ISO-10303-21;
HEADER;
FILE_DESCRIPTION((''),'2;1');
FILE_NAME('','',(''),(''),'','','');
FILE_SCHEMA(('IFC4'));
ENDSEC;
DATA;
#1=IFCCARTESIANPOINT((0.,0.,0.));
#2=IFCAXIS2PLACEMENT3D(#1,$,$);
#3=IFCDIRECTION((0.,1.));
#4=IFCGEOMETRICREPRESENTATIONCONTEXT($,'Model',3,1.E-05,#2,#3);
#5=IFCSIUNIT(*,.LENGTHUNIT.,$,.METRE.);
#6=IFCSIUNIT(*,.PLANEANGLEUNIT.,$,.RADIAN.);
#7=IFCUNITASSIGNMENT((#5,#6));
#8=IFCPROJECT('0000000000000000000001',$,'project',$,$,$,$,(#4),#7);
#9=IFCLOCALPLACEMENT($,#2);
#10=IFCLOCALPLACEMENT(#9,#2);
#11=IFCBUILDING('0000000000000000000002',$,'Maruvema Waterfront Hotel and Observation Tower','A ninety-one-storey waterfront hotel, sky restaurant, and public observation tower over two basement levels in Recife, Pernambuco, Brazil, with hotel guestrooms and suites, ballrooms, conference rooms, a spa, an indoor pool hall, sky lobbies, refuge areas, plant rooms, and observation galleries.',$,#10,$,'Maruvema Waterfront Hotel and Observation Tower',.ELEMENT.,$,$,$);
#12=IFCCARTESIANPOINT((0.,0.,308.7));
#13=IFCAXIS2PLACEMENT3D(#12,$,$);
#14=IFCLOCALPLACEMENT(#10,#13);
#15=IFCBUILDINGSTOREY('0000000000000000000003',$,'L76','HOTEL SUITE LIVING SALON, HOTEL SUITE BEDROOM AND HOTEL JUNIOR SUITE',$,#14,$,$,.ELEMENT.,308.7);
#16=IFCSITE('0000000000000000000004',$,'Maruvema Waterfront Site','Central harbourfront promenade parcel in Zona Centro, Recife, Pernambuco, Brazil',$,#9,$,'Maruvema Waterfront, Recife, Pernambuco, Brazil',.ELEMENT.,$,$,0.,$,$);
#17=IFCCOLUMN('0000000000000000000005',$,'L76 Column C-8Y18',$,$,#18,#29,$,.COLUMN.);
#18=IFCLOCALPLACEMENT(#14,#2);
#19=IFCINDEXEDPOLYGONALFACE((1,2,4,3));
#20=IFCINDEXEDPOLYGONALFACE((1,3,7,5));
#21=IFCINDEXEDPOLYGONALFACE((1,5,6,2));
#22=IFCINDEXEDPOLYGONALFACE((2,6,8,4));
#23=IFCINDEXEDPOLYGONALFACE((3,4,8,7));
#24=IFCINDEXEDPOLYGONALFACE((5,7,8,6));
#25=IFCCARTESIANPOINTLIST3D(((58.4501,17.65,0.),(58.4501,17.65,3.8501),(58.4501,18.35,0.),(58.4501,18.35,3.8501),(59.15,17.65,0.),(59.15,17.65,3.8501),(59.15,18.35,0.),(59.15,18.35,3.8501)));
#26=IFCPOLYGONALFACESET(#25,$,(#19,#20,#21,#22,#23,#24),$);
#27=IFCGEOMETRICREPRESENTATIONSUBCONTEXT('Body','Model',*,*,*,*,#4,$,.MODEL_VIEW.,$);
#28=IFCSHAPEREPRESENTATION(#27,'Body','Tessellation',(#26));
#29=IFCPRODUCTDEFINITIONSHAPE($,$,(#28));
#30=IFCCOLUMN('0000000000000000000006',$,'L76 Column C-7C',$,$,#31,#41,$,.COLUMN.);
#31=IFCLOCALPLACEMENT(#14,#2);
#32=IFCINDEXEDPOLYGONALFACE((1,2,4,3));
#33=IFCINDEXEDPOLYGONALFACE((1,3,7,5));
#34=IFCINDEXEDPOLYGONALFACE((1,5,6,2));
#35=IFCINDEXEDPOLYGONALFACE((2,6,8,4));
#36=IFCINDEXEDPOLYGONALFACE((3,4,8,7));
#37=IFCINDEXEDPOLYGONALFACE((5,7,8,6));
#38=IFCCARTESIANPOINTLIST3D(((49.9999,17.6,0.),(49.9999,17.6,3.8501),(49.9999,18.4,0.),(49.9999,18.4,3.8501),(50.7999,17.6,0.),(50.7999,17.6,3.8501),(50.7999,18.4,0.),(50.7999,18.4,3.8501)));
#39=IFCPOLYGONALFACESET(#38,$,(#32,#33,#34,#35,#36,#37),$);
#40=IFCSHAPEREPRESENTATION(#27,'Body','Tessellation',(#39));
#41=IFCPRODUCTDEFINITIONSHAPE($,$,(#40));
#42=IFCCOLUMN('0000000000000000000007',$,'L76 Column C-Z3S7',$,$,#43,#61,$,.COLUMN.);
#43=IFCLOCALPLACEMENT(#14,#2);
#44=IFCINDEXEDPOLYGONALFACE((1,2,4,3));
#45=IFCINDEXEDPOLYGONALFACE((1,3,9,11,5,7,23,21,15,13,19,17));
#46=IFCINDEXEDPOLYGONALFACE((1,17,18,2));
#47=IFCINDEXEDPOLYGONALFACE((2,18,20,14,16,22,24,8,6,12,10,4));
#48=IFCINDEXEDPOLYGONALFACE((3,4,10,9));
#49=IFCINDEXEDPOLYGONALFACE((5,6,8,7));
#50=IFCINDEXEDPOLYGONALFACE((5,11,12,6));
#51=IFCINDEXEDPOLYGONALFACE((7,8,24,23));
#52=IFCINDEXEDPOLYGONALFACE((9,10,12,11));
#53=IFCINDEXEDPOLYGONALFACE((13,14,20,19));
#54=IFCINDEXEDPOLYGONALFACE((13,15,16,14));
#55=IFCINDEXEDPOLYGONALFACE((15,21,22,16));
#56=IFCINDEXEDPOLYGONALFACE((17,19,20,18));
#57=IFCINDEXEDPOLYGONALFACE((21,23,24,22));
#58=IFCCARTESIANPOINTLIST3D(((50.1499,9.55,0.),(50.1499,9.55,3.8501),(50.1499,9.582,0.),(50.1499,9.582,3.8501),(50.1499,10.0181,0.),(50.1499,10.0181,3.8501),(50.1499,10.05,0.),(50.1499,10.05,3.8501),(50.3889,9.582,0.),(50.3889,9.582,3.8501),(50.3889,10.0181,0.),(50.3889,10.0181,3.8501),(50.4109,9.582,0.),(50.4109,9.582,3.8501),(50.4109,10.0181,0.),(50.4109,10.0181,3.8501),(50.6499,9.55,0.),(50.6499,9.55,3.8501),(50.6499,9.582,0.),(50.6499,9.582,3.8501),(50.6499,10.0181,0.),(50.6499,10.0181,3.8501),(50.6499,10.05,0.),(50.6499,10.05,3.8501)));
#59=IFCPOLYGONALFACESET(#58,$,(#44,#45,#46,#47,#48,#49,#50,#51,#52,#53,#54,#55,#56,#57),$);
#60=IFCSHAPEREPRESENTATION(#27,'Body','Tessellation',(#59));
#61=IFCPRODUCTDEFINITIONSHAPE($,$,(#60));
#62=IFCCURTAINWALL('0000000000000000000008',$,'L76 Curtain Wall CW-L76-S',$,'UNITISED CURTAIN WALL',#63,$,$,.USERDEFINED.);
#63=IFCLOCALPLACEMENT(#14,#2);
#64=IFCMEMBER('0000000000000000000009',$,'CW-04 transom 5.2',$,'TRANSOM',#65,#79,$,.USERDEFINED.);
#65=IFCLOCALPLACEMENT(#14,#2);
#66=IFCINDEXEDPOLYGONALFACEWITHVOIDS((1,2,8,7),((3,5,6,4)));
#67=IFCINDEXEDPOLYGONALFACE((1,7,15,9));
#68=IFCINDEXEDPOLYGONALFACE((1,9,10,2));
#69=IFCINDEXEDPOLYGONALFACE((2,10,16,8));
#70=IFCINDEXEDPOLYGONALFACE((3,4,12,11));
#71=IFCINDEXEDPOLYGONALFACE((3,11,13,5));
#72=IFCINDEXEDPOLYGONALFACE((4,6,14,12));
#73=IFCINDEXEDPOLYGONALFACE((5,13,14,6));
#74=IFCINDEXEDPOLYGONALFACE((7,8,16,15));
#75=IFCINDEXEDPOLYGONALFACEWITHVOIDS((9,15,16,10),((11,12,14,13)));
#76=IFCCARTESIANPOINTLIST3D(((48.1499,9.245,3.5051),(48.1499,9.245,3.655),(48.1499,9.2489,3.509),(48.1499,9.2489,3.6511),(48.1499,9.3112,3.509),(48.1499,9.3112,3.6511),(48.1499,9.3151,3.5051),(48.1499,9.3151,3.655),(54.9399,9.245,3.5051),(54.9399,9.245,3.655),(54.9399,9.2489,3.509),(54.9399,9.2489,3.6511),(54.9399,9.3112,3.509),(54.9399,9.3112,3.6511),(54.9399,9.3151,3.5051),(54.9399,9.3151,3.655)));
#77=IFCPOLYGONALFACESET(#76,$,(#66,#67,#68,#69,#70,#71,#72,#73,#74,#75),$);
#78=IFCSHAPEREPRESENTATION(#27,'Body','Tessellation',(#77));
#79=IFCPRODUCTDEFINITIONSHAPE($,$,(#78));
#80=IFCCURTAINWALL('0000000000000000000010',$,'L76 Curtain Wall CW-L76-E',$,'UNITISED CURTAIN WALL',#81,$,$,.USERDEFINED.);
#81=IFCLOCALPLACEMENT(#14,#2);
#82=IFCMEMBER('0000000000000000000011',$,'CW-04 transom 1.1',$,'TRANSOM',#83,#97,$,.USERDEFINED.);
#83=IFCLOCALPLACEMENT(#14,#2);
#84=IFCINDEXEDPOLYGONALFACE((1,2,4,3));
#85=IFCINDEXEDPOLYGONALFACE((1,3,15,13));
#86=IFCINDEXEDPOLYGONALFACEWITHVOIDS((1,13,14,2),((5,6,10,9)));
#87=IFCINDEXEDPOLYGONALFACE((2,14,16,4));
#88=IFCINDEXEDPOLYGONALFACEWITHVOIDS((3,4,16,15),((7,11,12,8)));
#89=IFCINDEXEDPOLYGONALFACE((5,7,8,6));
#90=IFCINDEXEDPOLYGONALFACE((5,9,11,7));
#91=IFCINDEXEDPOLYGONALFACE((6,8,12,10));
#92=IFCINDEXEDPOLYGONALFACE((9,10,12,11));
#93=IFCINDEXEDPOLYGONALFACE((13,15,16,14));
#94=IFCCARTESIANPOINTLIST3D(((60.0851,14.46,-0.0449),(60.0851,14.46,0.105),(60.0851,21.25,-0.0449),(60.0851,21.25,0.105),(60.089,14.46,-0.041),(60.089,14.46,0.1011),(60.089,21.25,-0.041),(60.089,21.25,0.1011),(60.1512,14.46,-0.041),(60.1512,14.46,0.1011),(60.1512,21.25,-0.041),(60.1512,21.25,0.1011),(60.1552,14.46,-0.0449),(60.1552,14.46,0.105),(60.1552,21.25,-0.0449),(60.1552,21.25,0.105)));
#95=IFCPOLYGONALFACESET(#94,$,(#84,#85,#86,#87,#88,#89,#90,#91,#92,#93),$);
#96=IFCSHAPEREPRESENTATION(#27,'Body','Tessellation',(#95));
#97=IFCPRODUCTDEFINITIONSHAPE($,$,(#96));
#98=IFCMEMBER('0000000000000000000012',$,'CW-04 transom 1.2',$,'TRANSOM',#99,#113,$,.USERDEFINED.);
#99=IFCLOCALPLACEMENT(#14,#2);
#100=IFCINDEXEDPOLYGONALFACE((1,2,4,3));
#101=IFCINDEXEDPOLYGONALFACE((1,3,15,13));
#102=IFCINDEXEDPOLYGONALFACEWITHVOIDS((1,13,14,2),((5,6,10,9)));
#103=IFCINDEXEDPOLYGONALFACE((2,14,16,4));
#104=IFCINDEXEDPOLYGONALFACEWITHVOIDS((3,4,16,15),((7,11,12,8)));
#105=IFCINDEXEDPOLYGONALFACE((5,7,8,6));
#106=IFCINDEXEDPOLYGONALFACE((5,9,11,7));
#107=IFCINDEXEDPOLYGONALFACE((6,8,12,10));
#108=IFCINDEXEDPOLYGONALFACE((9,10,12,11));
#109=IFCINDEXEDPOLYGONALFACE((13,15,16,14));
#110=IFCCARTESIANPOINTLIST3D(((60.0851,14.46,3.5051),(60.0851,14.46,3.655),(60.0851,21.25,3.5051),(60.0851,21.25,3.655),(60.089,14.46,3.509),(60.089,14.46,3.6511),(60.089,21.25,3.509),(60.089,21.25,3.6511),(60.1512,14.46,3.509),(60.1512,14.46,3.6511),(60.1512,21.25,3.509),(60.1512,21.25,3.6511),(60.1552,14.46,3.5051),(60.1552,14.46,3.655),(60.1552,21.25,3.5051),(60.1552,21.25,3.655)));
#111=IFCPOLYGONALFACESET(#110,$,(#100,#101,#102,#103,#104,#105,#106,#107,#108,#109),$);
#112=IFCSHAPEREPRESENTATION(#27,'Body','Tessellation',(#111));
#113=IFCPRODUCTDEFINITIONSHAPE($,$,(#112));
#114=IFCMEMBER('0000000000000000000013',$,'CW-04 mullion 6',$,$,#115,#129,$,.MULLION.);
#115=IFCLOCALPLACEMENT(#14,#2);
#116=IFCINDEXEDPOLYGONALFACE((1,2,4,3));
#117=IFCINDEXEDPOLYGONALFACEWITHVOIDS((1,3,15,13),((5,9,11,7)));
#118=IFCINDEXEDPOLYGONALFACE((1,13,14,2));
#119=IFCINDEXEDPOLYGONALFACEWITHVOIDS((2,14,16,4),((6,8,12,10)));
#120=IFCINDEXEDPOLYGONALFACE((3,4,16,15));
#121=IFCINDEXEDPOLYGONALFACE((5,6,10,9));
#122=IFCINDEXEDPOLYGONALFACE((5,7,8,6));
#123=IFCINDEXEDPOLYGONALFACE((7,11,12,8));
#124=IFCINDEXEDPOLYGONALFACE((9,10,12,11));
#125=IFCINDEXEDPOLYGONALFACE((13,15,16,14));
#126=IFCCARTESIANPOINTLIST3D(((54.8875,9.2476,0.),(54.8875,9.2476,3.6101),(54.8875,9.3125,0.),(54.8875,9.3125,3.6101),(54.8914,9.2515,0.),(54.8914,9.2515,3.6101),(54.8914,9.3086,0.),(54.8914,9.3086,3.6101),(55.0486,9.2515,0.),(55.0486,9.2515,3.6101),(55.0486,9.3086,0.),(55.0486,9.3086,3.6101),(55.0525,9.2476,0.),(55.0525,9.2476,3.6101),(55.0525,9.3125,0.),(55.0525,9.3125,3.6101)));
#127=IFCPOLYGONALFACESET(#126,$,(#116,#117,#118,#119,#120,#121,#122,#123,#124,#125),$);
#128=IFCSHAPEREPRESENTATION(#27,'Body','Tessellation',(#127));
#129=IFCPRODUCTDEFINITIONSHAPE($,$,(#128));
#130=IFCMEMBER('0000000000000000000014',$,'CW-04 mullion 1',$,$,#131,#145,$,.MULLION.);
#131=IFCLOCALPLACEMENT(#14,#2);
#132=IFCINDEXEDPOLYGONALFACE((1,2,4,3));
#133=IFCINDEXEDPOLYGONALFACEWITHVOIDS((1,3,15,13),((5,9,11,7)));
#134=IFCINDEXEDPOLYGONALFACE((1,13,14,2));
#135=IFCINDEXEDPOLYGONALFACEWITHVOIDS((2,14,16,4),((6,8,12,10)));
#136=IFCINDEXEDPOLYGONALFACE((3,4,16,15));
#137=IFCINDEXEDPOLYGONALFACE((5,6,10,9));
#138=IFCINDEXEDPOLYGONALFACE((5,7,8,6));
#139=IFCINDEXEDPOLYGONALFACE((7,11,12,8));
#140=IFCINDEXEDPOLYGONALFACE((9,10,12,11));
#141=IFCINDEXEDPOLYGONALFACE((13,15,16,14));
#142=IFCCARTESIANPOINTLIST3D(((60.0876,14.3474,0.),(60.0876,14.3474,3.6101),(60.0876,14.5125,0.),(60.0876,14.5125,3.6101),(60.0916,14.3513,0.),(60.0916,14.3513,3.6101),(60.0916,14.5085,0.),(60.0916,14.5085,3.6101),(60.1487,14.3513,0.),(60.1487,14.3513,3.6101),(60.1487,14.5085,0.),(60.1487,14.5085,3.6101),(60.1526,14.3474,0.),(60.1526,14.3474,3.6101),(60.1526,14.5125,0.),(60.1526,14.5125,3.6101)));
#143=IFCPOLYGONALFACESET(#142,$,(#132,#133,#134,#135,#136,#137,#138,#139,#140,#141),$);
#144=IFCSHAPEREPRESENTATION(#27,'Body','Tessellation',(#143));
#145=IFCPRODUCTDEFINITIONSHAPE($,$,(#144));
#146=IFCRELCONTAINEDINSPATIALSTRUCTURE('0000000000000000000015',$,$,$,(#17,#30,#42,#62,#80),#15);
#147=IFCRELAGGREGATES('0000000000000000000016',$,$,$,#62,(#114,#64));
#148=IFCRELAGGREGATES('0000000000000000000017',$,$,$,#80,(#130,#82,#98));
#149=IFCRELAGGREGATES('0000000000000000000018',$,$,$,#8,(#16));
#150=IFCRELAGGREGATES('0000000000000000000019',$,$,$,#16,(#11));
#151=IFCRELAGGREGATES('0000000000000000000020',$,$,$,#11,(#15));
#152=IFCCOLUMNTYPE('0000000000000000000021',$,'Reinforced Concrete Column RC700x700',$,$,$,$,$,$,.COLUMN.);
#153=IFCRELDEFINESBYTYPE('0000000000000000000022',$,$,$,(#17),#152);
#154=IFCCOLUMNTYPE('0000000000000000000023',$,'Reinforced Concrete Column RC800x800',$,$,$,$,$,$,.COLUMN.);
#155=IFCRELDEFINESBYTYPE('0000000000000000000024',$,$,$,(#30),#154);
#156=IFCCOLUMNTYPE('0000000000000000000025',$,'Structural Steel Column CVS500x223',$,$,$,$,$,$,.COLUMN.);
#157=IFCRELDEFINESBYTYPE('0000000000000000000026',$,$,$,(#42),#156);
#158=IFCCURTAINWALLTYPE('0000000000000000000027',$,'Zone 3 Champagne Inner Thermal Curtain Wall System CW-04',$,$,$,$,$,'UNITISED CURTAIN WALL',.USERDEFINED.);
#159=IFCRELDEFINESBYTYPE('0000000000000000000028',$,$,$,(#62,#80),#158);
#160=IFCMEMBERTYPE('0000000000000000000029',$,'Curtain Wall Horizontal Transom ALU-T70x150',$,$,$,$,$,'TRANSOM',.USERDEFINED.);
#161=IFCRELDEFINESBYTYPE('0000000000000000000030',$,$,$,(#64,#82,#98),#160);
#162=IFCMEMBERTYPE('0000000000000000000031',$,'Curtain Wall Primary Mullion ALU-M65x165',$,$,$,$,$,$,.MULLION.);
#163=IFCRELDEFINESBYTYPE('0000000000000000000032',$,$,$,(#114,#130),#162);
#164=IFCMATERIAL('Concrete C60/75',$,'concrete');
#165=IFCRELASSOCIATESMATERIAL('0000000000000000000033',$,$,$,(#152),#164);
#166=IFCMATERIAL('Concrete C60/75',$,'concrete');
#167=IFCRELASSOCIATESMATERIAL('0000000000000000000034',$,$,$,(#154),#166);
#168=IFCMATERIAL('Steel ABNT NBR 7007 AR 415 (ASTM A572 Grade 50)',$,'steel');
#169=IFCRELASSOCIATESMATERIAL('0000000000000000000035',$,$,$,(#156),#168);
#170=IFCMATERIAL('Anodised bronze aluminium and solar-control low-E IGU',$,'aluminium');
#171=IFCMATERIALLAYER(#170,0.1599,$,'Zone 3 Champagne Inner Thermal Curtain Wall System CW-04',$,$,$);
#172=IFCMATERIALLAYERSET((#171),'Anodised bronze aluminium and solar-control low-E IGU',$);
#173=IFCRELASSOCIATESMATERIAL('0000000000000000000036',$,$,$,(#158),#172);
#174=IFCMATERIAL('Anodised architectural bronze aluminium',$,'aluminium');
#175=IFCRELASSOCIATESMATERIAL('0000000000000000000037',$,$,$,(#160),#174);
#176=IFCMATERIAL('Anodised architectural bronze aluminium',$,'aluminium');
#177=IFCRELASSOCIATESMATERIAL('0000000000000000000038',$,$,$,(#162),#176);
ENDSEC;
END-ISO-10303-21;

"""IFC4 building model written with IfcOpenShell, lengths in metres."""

from ifc_helpers import new_model, si_unit, direction, frame, origin, origin_2d, place, context, subcontext, project, spatial, rectangle, hollow_rectangle, i_section, extrude, material, layer, layer_set, material_profile, profile_set, type_object, element, aggregate, save


model = new_model("IFC4")

# Units and contexts
model_context = context("Model", 3, precision=1e-05, world=origin(), true_north=direction((0.0, 1.0)))
body_context = subcontext(model_context, "Body", "Model", "MODEL_VIEW")
ifc_project = project(units=[si_unit("LENGTHUNIT", "METRE"), si_unit("PLANEANGLEUNIT", "RADIAN")], contexts=[model_context])

# Site, building, storey
site_placement = place(None, origin())
site = spatial("IfcSite", under=ifc_project, at=site_placement, Name="Maruvema Waterfront Site", Description="Central harbourfront promenade parcel in Zona Centro, Recife, Pernambuco, Brazil", LongName="Maruvema Waterfront, Recife, Pernambuco, Brazil", CompositionType="ELEMENT", RefElevation=0.0)
building_placement = place(site_placement, origin())
building = spatial("IfcBuilding", under=site, at=building_placement, Name="Maruvema Waterfront Hotel and Observation Tower", Description="A ninety-one-storey waterfront hotel, sky restaurant, and public observation tower over two basement levels in Recife, Pernambuco, Brazil, with hotel guestrooms and suites, ballrooms, conference rooms, a spa, an indoor pool hall, sky lobbies, refuge areas, plant rooms, and observation galleries.", LongName="Maruvema Waterfront Hotel and Observation Tower", CompositionType="ELEMENT")
storey_placement = place(building_placement, frame((0.0, 0.0, 308.7)))
storey = spatial("IfcBuildingStorey", under=building, at=storey_placement, Name="L76", Description="HOTEL SUITE LIVING SALON, HOTEL SUITE BEDROOM AND HOTEL JUNIOR SUITE", CompositionType="ELEMENT", Elevation=308.7)

# Columns
ifc_material_1 = material(Name="Concrete C60/75", Category="concrete")
ifc_material_profile_1 = material_profile(ifc_material_1, rectangle(XDim=0.7, YDim=0.7, at=origin_2d()), Name="RC700x700")
ifc_profile_set_1 = profile_set([ifc_material_profile_1], Name="Concrete C60/75")
column_type_1 = type_object("IfcColumnType", Name="Reinforced Concrete Column RC700x700", PredefinedType="COLUMN", material=ifc_profile_set_1)
column_1_placement = place(storey_placement, frame((58.8, 18.0, 0.0), z_axis=(0.0, 0.0, 1.0), x_axis=(1.0, 0.0, 0.0)))
element("IfcColumn", 1, at=column_1_placement, inside=storey, type_object=column_type_1, Name="L76 Column C-8Y18", PredefinedType="COLUMN", context=body_context, shape_type="SweptSolid", body=[
    extrude(rectangle(XDim=0.7, YDim=0.7, at=origin_2d()), origin(), (0.0, 0.0, 1.0), 3.8501),
])
ifc_material_2 = material(Name="Concrete C60/75", Category="concrete")
ifc_material_profile_2 = material_profile(ifc_material_2, rectangle(XDim=0.8, YDim=0.8, at=origin_2d()), Name="RC800x800")
ifc_profile_set_2 = profile_set([ifc_material_profile_2], Name="Concrete C60/75")
column_type_2 = type_object("IfcColumnType", Name="Reinforced Concrete Column RC800x800", PredefinedType="COLUMN", material=ifc_profile_set_2)
column_2_placement = place(storey_placement, frame((50.3999, 18.0, 0.0), z_axis=(0.0, 0.0, 1.0), x_axis=(1.0, 0.0, 0.0)))
element("IfcColumn", 2, at=column_2_placement, inside=storey, type_object=column_type_2, Name="L76 Column C-7C", PredefinedType="COLUMN", context=body_context, shape_type="SweptSolid", body=[
    extrude(rectangle(XDim=0.8, YDim=0.8, at=origin_2d()), origin(), (0.0, 0.0, 1.0), 3.8501),
])
ifc_material_3 = material(Name="Steel ABNT NBR 7007 AR 415 (ASTM A572 Grade 50)", Category="steel")
ifc_material_profile_3 = material_profile(ifc_material_3, i_section(OverallWidth=0.5, OverallDepth=0.5, WebThickness=0.022, FlangeThickness=0.032, at=origin_2d()), Name="CVS500x223")
ifc_profile_set_3 = profile_set([ifc_material_profile_3], Name="Steel ABNT NBR 7007 AR 415 (ASTM A572 Grade 50)")
column_type_3 = type_object("IfcColumnType", Name="Structural Steel Column CVS500x223", PredefinedType="COLUMN", material=ifc_profile_set_3)
column_3_placement = place(storey_placement, frame((50.3999, 9.8, 0.0), z_axis=(0.0, 0.0, 1.0), x_axis=(1.0, 0.0, 0.0)))
element("IfcColumn", 3, at=column_3_placement, inside=storey, type_object=column_type_3, Name="L76 Column C-Z3S7", PredefinedType="COLUMN", context=body_context, shape_type="SweptSolid", body=[
    extrude(i_section(OverallWidth=0.5, OverallDepth=0.5, WebThickness=0.022, FlangeThickness=0.032, at=origin_2d()), origin(), (0.0, 0.0, 1.0), 3.8501),
])

# Curtain wall, member
ifc_material_4 = material(Name="Anodised bronze aluminium and solar-control low-E IGU", Category="aluminium")
ifc_layer_1 = layer(ifc_material_4, 0.1599, Name="Zone 3 Champagne Inner Thermal Curtain Wall System CW-04")
ifc_layer_set_1 = layer_set([ifc_layer_1], Name="Anodised bronze aluminium and solar-control low-E IGU")
curtain_wall_type = type_object("IfcCurtainWallType", Name="Zone 3 Champagne Inner Thermal Curtain Wall System CW-04", ElementType="UNITISED CURTAIN WALL", PredefinedType="USERDEFINED", material=ifc_layer_set_1)
curtain_wall_1_placement = place(storey_placement, origin())
curtain_wall_1 = element("IfcCurtainWall", 4, at=curtain_wall_1_placement, inside=storey, type_object=curtain_wall_type, Name="L76 Curtain Wall CW-L76-S", ObjectType="UNITISED CURTAIN WALL", PredefinedType="USERDEFINED")
ifc_material_5 = material(Name="Anodised architectural bronze aluminium", Category="aluminium")
ifc_material_profile_4 = material_profile(ifc_material_5, hollow_rectangle(XDim=0.0701, YDim=0.1499, WallThickness=0.0039, at=origin_2d()), Name="ALU-T70x150")
ifc_profile_set_4 = profile_set([ifc_material_profile_4], Name="Anodised architectural bronze aluminium")
member_type_1 = type_object("IfcMemberType", Name="Curtain Wall Horizontal Transom ALU-T70x150", ElementType="TRANSOM", PredefinedType="USERDEFINED", material=ifc_profile_set_4)
member_1_placement = place(storey_placement, frame((48.1499, 9.28, 3.5801), z_axis=(1.0, 0.0, 0.0), x_axis=(0.0, 1.0, 0.0)))
member_1 = element("IfcMember", 5, at=member_1_placement, type_object=member_type_1, Name="CW-04 transom 5.2", ObjectType="TRANSOM", PredefinedType="USERDEFINED", context=body_context, shape_type="SweptSolid", body=[
    extrude(hollow_rectangle(XDim=0.0701, YDim=0.1499, WallThickness=0.0039, at=origin_2d()), origin(), (0.0, 0.0, 1.0), 6.79),
])

# Curtain wall, members
curtain_wall_2_placement = place(storey_placement, origin())
curtain_wall_2 = element("IfcCurtainWall", 6, at=curtain_wall_2_placement, inside=storey, type_object=curtain_wall_type, Name="L76 Curtain Wall CW-L76-E", ObjectType="UNITISED CURTAIN WALL", PredefinedType="USERDEFINED")
member_2_placement = place(storey_placement, frame((60.1201, 14.46, 0.03), z_axis=(0.0, 1.0, 0.0), x_axis=(-1.0, 0.0, 0.0)))
member_2 = element("IfcMember", 7, at=member_2_placement, type_object=member_type_1, Name="CW-04 transom 1.1", ObjectType="TRANSOM", PredefinedType="USERDEFINED", context=body_context, shape_type="SweptSolid", body=[
    extrude(hollow_rectangle(XDim=0.0701, YDim=0.1499, WallThickness=0.0039, at=origin_2d()), origin(), (0.0, 0.0, 1.0), 6.79),
])
member_3_placement = place(storey_placement, frame((60.1201, 14.46, 3.5801), z_axis=(0.0, 1.0, 0.0), x_axis=(-1.0, 0.0, 0.0)))
member_3 = element("IfcMember", 8, at=member_3_placement, type_object=member_type_1, Name="CW-04 transom 1.2", ObjectType="TRANSOM", PredefinedType="USERDEFINED", context=body_context, shape_type="SweptSolid", body=[
    extrude(hollow_rectangle(XDim=0.0701, YDim=0.1499, WallThickness=0.0039, at=origin_2d()), origin(), (0.0, 0.0, 1.0), 6.79),
])

# Members
ifc_material_6 = material(Name="Anodised architectural bronze aluminium", Category="aluminium")
ifc_material_profile_5 = material_profile(ifc_material_6, hollow_rectangle(XDim=0.0649, YDim=0.165, WallThickness=0.0039, at=origin_2d()), Name="ALU-M65x165")
ifc_profile_set_5 = profile_set([ifc_material_profile_5], Name="Anodised architectural bronze aluminium")
member_type_2 = type_object("IfcMemberType", Name="Curtain Wall Primary Mullion ALU-M65x165", PredefinedType="MULLION", material=ifc_profile_set_5)
member_4_placement = place(storey_placement, frame((54.97, 9.28, 0.0), z_axis=(0.0, 0.0, 1.0), x_axis=(0.0, 1.0, 0.0)))
member_4 = element("IfcMember", 9, at=member_4_placement, type_object=member_type_2, Name="CW-04 mullion 6", PredefinedType="MULLION", context=body_context, shape_type="SweptSolid", body=[
    extrude(hollow_rectangle(XDim=0.0649, YDim=0.165, WallThickness=0.0039, at=origin_2d()), origin(), (0.0, 0.0, 1.0), 3.6101),
])
member_5_placement = place(storey_placement, frame((60.1201, 14.4299, 0.0), z_axis=(0.0, 0.0, 1.0), x_axis=(-1.0, 0.0, 0.0)))
member_5 = element("IfcMember", 10, at=member_5_placement, type_object=member_type_2, Name="CW-04 mullion 1", PredefinedType="MULLION", context=body_context, shape_type="SweptSolid", body=[
    extrude(hollow_rectangle(XDim=0.0649, YDim=0.165, WallThickness=0.0039, at=origin_2d()), origin(), (0.0, 0.0, 1.0), 3.6101),
])

aggregate(curtain_wall_1, [member_4, member_1])
aggregate(curtain_wall_2, [member_5, member_2, member_3])

save(model, "model.ifc")
